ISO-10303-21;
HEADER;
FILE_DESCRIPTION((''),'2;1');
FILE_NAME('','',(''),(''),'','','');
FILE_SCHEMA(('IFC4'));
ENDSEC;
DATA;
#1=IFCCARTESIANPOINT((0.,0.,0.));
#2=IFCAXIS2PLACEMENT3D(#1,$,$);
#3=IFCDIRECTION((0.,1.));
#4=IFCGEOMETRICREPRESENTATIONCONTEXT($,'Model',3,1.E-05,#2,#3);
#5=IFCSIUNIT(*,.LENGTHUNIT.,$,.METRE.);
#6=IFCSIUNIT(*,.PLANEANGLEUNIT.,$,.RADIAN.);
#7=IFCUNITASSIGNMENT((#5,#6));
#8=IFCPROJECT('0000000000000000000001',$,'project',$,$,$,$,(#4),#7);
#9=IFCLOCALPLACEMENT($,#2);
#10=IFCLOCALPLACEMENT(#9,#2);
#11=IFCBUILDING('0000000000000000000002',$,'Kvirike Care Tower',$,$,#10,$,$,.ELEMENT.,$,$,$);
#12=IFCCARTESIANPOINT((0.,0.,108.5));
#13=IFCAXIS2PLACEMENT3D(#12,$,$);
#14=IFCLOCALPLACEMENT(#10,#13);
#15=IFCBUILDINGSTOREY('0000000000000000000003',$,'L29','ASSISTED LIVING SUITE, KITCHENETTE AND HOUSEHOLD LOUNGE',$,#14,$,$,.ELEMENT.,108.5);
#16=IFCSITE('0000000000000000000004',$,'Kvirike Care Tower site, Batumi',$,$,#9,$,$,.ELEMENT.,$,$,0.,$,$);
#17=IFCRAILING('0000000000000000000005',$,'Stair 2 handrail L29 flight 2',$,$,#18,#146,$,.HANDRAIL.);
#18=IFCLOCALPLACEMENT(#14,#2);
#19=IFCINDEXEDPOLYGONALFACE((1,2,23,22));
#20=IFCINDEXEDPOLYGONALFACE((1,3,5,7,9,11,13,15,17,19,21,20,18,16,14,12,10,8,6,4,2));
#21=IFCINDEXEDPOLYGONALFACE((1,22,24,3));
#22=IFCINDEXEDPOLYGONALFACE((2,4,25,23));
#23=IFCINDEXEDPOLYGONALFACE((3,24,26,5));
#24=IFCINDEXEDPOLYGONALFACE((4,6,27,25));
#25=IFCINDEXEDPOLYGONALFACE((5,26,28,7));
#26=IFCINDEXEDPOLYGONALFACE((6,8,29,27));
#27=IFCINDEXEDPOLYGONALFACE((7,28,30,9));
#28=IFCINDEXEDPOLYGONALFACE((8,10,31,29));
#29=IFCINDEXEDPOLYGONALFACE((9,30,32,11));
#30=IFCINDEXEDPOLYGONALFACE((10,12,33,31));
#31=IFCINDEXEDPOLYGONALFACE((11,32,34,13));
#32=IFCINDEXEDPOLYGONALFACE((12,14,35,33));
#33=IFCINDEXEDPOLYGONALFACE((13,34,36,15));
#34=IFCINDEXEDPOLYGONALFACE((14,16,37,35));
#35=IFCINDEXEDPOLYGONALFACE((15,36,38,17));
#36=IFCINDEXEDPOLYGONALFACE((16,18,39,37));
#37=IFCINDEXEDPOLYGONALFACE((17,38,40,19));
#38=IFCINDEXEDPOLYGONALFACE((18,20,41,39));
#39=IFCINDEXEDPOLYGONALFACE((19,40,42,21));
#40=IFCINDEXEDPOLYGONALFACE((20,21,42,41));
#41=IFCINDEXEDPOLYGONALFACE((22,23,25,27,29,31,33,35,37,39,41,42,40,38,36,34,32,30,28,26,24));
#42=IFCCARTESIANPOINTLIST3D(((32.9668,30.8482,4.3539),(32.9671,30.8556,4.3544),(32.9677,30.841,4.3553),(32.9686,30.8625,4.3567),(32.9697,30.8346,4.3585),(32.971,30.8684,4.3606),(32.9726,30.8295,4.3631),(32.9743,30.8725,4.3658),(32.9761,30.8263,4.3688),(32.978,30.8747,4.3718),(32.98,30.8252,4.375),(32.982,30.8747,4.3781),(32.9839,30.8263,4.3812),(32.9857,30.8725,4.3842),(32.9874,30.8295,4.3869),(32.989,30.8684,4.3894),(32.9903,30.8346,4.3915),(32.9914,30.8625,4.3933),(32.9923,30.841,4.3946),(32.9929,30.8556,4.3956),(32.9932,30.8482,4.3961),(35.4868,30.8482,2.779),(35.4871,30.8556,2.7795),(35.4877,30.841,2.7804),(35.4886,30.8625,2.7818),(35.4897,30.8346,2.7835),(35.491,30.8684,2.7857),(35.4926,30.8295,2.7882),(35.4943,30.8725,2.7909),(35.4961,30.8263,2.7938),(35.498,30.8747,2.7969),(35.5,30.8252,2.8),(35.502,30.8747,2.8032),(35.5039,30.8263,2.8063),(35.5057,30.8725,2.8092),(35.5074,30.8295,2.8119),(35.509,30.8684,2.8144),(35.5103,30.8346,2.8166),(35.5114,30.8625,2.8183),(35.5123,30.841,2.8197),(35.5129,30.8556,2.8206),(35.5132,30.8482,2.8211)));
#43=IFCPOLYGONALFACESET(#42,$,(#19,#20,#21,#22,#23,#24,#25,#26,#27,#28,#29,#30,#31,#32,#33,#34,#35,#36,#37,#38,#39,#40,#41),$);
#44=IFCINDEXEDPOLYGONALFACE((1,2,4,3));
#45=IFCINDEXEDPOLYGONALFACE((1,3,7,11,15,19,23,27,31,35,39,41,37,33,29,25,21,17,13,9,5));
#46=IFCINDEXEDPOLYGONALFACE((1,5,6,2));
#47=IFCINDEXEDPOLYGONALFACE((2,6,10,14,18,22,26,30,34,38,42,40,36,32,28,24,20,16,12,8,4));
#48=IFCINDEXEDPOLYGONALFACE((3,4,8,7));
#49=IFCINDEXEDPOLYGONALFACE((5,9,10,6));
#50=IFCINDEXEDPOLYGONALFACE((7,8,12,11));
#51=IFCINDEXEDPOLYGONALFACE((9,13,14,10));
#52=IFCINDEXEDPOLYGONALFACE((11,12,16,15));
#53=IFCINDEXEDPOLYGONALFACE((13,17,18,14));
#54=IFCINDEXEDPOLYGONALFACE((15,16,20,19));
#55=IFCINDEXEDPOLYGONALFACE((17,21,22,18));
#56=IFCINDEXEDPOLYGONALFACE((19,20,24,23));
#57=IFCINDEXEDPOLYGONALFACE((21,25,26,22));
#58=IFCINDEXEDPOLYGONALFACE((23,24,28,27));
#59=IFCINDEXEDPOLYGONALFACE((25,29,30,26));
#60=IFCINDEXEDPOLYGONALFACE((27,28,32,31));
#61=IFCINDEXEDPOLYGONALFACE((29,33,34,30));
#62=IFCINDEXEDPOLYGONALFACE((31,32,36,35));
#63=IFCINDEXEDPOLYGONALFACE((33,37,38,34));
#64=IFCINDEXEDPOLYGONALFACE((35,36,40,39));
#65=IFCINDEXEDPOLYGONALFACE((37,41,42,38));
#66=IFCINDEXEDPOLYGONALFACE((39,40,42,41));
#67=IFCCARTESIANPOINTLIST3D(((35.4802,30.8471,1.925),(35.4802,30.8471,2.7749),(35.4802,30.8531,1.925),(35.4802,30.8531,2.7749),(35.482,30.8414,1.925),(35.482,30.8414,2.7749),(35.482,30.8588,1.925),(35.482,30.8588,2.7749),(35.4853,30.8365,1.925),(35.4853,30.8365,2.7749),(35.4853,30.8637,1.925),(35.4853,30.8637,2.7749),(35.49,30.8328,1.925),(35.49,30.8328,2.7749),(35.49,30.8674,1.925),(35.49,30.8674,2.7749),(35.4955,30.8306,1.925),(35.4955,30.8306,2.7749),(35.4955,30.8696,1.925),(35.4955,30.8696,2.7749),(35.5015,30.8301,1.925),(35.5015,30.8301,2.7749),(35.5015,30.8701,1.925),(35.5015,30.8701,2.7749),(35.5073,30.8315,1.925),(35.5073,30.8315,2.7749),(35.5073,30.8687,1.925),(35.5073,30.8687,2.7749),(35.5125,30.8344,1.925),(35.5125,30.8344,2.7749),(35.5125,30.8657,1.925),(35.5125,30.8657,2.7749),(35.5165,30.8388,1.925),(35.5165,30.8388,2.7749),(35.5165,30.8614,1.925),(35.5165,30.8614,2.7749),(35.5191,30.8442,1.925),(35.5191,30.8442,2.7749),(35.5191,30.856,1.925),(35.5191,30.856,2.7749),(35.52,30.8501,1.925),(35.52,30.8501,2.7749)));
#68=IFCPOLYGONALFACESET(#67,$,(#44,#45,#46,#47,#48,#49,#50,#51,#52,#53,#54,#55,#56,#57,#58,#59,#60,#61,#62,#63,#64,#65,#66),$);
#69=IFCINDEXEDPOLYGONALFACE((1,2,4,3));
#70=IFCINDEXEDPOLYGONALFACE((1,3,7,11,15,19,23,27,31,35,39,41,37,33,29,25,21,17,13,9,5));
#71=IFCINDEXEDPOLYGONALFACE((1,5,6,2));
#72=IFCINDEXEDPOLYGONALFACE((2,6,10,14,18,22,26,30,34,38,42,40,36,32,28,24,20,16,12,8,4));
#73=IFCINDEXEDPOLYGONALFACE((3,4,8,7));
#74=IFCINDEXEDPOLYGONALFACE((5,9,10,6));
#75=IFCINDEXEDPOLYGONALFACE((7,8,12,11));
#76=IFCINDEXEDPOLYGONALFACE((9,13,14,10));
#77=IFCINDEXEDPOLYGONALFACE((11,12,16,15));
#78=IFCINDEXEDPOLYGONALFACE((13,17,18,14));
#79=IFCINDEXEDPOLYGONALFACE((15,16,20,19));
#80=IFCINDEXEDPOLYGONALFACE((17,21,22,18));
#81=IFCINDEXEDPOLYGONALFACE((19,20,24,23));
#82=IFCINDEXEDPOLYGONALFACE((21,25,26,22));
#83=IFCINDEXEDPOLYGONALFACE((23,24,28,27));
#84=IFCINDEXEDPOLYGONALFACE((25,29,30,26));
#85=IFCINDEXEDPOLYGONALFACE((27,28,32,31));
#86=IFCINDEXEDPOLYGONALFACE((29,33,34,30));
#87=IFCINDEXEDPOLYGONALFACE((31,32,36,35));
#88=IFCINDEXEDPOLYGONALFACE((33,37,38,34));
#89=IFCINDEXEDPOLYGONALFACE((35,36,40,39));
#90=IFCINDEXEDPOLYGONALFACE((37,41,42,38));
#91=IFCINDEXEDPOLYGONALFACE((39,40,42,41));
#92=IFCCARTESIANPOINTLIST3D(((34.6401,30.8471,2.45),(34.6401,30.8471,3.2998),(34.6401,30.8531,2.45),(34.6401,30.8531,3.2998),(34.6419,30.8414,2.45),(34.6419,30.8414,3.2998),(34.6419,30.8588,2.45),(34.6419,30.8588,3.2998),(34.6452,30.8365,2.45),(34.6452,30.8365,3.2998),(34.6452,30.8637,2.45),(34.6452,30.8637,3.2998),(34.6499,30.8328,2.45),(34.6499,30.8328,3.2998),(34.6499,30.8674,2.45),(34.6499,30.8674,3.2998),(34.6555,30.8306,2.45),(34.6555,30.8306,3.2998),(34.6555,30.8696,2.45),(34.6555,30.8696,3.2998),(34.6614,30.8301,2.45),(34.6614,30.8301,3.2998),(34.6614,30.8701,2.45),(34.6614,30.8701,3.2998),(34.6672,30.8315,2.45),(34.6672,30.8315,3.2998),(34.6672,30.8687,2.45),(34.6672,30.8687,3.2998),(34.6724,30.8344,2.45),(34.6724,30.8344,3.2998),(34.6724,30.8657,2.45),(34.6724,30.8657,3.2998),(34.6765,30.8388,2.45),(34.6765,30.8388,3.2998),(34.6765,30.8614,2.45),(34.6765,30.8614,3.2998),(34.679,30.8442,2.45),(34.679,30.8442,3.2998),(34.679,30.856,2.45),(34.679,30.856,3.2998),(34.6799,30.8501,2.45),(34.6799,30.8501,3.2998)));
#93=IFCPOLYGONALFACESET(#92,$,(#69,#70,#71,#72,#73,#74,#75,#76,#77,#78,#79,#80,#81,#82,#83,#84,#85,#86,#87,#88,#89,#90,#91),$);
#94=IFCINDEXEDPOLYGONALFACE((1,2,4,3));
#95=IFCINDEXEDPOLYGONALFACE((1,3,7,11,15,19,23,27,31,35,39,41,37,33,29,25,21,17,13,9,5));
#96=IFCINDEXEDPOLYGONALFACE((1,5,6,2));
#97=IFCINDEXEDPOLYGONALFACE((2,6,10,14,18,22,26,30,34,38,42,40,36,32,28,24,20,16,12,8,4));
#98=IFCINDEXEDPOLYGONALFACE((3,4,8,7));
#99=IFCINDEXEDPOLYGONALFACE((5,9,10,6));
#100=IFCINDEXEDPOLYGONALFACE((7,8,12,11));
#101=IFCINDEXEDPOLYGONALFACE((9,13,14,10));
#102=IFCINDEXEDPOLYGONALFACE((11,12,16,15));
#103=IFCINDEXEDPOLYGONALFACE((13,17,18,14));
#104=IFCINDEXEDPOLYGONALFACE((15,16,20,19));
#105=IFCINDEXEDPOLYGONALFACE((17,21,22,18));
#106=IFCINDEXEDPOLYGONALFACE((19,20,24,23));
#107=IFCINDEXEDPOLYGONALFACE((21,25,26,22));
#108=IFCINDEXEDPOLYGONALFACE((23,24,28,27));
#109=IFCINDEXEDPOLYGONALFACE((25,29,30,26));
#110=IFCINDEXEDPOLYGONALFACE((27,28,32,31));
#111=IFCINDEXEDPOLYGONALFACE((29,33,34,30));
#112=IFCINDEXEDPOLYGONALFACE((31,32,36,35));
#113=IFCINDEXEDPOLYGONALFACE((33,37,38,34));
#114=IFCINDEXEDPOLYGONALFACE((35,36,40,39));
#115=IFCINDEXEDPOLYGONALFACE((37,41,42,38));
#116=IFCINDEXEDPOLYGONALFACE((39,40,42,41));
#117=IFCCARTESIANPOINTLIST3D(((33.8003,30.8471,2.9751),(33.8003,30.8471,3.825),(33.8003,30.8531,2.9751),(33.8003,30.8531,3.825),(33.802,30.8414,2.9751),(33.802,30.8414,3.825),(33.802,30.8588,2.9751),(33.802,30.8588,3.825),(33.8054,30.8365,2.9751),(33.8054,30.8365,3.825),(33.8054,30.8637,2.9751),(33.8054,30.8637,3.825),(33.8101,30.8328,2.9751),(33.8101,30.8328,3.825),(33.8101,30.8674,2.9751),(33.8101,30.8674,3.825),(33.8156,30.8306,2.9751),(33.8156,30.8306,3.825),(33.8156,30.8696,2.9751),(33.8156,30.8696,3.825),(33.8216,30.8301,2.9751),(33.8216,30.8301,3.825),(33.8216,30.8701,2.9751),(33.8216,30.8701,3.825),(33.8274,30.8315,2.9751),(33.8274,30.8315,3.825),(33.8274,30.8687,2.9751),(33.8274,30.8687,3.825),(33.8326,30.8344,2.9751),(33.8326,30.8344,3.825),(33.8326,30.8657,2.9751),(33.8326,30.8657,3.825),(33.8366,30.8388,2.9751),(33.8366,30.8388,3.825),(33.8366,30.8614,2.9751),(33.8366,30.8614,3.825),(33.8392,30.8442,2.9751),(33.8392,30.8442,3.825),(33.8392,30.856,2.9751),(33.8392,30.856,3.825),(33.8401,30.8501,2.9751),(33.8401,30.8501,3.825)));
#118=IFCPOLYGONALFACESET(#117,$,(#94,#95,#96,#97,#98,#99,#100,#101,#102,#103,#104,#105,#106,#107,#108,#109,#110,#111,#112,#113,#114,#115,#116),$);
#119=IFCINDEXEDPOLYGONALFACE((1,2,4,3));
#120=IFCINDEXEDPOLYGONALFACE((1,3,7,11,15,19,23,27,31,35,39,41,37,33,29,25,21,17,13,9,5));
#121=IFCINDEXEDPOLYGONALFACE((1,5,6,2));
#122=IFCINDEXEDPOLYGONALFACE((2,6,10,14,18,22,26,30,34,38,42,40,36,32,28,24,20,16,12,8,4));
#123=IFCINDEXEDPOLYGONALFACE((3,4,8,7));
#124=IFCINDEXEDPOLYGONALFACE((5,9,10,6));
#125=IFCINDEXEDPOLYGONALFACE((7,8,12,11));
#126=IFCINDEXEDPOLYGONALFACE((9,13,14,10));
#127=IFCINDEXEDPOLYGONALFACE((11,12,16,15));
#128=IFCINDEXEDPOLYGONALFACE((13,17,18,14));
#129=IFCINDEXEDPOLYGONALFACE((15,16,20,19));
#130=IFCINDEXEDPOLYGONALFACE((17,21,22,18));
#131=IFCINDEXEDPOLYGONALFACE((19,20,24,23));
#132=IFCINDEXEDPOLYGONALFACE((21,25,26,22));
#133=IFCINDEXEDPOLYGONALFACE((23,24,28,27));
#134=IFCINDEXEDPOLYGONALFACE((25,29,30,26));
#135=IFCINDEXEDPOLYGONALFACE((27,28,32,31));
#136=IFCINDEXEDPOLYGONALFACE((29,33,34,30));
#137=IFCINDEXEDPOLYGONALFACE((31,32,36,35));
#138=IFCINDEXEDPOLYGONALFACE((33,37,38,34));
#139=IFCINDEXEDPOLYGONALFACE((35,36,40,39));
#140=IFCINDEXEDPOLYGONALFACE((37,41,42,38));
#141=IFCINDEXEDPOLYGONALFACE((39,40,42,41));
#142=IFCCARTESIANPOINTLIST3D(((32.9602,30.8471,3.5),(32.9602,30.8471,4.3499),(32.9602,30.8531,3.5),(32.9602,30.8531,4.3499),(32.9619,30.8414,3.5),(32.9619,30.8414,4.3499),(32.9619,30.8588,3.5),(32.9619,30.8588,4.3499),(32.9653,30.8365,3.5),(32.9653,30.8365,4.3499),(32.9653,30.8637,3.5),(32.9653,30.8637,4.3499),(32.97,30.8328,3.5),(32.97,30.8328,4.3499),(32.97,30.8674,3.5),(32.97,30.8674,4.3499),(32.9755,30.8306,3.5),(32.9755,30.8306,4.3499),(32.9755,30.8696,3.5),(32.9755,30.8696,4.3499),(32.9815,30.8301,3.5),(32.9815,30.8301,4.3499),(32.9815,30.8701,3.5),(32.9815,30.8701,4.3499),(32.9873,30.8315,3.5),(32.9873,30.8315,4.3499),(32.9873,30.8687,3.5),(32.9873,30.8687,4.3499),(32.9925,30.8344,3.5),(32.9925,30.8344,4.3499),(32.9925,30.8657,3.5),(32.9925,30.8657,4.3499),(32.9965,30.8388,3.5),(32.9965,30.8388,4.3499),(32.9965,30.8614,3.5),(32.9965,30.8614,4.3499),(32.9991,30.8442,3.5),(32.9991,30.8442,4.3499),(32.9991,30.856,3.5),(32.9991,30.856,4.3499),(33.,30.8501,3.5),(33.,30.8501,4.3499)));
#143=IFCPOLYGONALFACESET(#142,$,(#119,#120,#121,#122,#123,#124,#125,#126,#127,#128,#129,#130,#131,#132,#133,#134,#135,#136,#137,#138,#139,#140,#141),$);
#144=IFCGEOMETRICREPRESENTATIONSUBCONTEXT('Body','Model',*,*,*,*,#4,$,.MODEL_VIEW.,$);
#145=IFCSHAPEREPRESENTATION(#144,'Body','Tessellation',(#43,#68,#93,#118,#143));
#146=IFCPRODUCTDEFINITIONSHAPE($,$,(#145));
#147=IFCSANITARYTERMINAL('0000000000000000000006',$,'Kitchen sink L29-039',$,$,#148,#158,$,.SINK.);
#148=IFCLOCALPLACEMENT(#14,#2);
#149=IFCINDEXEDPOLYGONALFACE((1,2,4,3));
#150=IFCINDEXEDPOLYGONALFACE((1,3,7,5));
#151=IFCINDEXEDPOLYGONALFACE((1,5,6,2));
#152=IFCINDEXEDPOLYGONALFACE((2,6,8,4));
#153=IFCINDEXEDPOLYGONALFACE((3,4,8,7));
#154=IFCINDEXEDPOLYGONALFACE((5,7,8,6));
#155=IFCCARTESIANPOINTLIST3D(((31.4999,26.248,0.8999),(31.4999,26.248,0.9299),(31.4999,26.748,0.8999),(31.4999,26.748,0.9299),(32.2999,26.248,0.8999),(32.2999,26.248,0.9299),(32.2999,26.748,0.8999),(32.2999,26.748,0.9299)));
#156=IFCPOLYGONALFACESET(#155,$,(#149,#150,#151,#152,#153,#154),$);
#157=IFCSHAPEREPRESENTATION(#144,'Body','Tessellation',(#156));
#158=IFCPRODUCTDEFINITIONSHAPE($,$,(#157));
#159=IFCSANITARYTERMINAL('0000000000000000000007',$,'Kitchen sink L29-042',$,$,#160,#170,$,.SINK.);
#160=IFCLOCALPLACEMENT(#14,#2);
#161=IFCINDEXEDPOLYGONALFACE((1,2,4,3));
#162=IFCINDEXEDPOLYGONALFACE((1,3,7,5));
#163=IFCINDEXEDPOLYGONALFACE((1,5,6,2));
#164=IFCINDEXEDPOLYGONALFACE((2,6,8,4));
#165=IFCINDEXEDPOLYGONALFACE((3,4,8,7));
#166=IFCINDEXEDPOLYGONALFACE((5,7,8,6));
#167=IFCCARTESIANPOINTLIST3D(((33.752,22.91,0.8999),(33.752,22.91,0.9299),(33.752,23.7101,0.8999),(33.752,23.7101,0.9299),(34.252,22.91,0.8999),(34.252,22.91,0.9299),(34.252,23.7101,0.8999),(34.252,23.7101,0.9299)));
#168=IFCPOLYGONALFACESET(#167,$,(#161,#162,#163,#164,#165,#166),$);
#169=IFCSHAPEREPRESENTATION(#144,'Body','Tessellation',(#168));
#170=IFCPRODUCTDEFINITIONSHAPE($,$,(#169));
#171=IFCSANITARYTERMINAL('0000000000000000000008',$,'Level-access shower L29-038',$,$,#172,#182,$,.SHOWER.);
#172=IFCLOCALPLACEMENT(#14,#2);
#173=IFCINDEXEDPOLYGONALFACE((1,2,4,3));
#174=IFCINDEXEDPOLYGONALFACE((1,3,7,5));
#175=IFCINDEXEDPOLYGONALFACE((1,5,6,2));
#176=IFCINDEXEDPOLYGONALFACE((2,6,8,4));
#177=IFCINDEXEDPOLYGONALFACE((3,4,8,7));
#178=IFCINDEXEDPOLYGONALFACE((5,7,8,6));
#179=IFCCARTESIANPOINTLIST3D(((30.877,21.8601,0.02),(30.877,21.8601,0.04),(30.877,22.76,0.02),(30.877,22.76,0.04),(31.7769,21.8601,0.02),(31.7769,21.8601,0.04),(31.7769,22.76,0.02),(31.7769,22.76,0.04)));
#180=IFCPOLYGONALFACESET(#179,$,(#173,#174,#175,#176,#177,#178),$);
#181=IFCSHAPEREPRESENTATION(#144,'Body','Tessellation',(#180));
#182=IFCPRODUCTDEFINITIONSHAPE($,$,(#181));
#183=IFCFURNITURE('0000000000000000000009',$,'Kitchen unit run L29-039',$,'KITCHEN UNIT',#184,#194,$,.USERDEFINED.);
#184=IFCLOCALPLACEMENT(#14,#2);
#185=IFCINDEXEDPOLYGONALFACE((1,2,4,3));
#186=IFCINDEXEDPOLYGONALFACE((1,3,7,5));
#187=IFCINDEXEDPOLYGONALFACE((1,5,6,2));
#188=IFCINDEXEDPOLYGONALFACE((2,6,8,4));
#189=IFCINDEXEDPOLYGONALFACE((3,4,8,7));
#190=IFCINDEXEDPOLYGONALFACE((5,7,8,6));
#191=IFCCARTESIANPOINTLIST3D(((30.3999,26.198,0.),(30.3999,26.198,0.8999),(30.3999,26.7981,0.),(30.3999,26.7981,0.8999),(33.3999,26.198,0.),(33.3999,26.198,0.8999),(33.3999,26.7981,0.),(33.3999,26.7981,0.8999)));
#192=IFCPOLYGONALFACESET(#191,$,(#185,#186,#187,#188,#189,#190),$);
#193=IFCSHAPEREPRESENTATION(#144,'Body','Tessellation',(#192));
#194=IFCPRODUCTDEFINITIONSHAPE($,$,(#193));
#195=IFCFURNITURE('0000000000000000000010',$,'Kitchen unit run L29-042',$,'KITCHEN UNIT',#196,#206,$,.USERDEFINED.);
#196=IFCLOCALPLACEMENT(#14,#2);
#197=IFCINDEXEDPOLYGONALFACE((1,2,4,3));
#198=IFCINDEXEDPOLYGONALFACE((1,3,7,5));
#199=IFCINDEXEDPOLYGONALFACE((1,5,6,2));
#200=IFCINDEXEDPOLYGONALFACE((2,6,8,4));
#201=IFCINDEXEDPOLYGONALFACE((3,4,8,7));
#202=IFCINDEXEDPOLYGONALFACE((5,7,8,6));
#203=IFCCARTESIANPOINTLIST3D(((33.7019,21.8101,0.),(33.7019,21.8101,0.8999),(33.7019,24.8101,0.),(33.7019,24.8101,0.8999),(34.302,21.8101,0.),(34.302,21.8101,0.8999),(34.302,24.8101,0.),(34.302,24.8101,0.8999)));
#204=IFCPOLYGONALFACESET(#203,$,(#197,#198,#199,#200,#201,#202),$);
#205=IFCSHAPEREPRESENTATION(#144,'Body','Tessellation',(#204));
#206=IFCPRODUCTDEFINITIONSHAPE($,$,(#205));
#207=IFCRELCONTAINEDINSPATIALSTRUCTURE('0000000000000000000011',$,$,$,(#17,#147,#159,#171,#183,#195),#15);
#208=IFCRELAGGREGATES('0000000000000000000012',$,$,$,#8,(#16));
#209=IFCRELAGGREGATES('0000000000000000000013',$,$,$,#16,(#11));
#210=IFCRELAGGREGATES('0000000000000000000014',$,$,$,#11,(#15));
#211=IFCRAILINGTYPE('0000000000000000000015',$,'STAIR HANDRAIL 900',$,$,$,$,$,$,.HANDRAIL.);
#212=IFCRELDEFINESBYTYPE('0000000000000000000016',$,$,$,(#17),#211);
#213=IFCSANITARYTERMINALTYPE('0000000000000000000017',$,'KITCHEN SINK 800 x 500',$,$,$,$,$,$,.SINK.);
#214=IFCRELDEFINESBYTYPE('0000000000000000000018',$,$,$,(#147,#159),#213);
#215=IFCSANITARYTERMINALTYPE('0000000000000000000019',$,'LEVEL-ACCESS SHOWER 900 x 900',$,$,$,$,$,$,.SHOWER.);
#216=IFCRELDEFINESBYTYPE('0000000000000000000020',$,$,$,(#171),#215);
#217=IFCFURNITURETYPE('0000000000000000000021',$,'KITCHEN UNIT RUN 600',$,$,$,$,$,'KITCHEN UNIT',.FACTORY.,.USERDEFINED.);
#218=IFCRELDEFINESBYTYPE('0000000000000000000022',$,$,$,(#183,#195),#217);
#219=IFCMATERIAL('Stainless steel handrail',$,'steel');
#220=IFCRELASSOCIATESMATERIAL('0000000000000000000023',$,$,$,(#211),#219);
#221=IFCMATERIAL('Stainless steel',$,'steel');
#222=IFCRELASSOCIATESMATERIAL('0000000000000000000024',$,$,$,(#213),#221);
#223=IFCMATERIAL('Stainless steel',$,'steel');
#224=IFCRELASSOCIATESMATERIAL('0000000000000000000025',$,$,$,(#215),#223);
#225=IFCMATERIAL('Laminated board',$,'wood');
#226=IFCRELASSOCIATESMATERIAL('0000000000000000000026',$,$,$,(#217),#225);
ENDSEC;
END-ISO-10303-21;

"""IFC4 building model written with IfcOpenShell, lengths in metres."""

from ifc_helpers import new_model, si_unit, direction, frame, origin, origin_2d, place, context, subcontext, project, spatial, rectangle, circle, extrude, material, type_object, element, save


model = new_model("IFC4")

# Units and contexts
model_context = context("Model", 3, precision=1e-05, world=origin(), true_north=direction((0.0, 1.0)))
body_context = subcontext(model_context, "Body", "Model", "MODEL_VIEW")
ifc_project = project(units=[si_unit("LENGTHUNIT", "METRE"), si_unit("PLANEANGLEUNIT", "RADIAN")], contexts=[model_context])

# Site, building, storey
site_placement = place(None, origin())
site = spatial("IfcSite", under=ifc_project, at=site_placement, Name="Kvirike Care Tower site, Batumi", CompositionType="ELEMENT", RefElevation=0.0)
building_placement = place(site_placement, origin())
building = spatial("IfcBuilding", under=site, at=building_placement, Name="Kvirike Care Tower", CompositionType="ELEMENT")
storey_placement = place(building_placement, frame((0.0, 0.0, 108.5)))
storey = spatial("IfcBuildingStorey", under=building, at=storey_placement, Name="L29", Description="ASSISTED LIVING SUITE, KITCHENETTE AND HOUSEHOLD LOUNGE", CompositionType="ELEMENT", Elevation=108.5)

# Railing
ifc_material_1 = material(Name="Stainless steel handrail", Category="steel")
railing_type = type_object("IfcRailingType", Name="STAIR HANDRAIL 900", PredefinedType="HANDRAIL", material=ifc_material_1)
railing_1_placement = place(storey_placement, frame((35.5, 30.8501, 1.925)))
element("IfcRailing", 1, at=railing_1_placement, inside=storey, type_object=railing_type, Name="Stair 2 handrail L29 flight 2", PredefinedType="HANDRAIL", context=body_context, shape_type="SweptSolid", body=[
    extrude(circle(Radius=0.0249, at=origin_2d()), frame((0.0, 0.0, 0.875), z_axis=(-0.848008, 0.0, 0.529984), x_axis=(0.0, -1.0, 0.0)), (0.0, 0.0, 1.0), 2.9717),
    extrude(circle(Radius=0.02, at=origin_2d()), origin(), (0.0, 0.0, 1.0), 0.8499),
    extrude(circle(Radius=0.02, at=origin_2d()), frame((-0.8401, 0.0, 0.5249)), (0.0, 0.0, 1.0), 0.8499),
    extrude(circle(Radius=0.02, at=origin_2d()), frame((-1.6799, 0.0, 1.05)), (0.0, 0.0, 1.0), 0.8499),
    extrude(circle(Radius=0.02, at=origin_2d()), frame((-2.52, 0.0, 1.575)), (0.0, 0.0, 1.0), 0.8499),
])

# Sanitary terminals
ifc_material_2 = material(Name="Stainless steel", Category="steel")
sanitary_terminal_type_1 = type_object("IfcSanitaryTerminalType", Name="KITCHEN SINK 800 x 500", PredefinedType="SINK", material=ifc_material_2)
for number, where, z_axis, x_axis, name in (
    (2, (31.8999, 26.498, 0.8999), (0.0, 0.0, 1.0), (1.0, 0.0, 0.0), "Kitchen sink L29-039"),
    (3, (34.002, 23.3101, 0.8999), (0.0, 0.0, 1.0), (0.0, 1.0, 0.0), "Kitchen sink L29-042"),
):
    element("IfcSanitaryTerminal", number, at=place(storey_placement, frame(where, z_axis=z_axis, x_axis=x_axis)), inside=storey, type_object=sanitary_terminal_type_1, Name=name, PredefinedType="SINK", context=body_context, shape_type="SweptSolid", body=[
        extrude(rectangle(XDim=0.8, YDim=0.5, at=origin_2d()), origin(), (0.0, 0.0, 1.0), 0.03),
    ])
ifc_material_3 = material(Name="Stainless steel", Category="steel")
sanitary_terminal_type_2 = type_object("IfcSanitaryTerminalType", Name="LEVEL-ACCESS SHOWER 900 x 900", PredefinedType="SHOWER", material=ifc_material_3)
sanitary_terminal_placement = place(storey_placement, frame((31.3269, 22.3101, 0.02), z_axis=(0.0, 0.0, 1.0), x_axis=(0.0, 1.0, 0.0)))
element("IfcSanitaryTerminal", 4, at=sanitary_terminal_placement, inside=storey, type_object=sanitary_terminal_type_2, Name="Level-access shower L29-038", PredefinedType="SHOWER", context=body_context, shape_type="SweptSolid", body=[
    extrude(rectangle(XDim=0.8999, YDim=0.8999, at=origin_2d()), origin(), (0.0, 0.0, 1.0), 0.02),
])

# Furniture
ifc_material_4 = material(Name="Laminated board", Category="wood")
furniture_type = type_object("IfcFurnitureType", Name="KITCHEN UNIT RUN 600", ElementType="KITCHEN UNIT", AssemblyPlace="FACTORY", PredefinedType="USERDEFINED", material=ifc_material_4)
for number, where, z_axis, x_axis, name in (
    (5, (31.8999, 26.498, 0.0), (0.0, 0.0, 1.0), (1.0, 0.0, 0.0), "Kitchen unit run L29-039"),
    (6, (34.002, 23.3101, 0.0), (0.0, 0.0, 1.0), (0.0, 1.0, 0.0), "Kitchen unit run L29-042"),
):
    element("IfcFurniture", number, at=place(storey_placement, frame(where, z_axis=z_axis, x_axis=x_axis)), inside=storey, type_object=furniture_type, Name=name, ObjectType="KITCHEN UNIT", PredefinedType="USERDEFINED", context=body_context, shape_type="SweptSolid", body=[
        extrude(rectangle(XDim=3.0, YDim=0.6001, at=origin_2d()), origin(), (0.0, 0.0, 1.0), 0.8999),
    ])

save(model, "model.ifc")
